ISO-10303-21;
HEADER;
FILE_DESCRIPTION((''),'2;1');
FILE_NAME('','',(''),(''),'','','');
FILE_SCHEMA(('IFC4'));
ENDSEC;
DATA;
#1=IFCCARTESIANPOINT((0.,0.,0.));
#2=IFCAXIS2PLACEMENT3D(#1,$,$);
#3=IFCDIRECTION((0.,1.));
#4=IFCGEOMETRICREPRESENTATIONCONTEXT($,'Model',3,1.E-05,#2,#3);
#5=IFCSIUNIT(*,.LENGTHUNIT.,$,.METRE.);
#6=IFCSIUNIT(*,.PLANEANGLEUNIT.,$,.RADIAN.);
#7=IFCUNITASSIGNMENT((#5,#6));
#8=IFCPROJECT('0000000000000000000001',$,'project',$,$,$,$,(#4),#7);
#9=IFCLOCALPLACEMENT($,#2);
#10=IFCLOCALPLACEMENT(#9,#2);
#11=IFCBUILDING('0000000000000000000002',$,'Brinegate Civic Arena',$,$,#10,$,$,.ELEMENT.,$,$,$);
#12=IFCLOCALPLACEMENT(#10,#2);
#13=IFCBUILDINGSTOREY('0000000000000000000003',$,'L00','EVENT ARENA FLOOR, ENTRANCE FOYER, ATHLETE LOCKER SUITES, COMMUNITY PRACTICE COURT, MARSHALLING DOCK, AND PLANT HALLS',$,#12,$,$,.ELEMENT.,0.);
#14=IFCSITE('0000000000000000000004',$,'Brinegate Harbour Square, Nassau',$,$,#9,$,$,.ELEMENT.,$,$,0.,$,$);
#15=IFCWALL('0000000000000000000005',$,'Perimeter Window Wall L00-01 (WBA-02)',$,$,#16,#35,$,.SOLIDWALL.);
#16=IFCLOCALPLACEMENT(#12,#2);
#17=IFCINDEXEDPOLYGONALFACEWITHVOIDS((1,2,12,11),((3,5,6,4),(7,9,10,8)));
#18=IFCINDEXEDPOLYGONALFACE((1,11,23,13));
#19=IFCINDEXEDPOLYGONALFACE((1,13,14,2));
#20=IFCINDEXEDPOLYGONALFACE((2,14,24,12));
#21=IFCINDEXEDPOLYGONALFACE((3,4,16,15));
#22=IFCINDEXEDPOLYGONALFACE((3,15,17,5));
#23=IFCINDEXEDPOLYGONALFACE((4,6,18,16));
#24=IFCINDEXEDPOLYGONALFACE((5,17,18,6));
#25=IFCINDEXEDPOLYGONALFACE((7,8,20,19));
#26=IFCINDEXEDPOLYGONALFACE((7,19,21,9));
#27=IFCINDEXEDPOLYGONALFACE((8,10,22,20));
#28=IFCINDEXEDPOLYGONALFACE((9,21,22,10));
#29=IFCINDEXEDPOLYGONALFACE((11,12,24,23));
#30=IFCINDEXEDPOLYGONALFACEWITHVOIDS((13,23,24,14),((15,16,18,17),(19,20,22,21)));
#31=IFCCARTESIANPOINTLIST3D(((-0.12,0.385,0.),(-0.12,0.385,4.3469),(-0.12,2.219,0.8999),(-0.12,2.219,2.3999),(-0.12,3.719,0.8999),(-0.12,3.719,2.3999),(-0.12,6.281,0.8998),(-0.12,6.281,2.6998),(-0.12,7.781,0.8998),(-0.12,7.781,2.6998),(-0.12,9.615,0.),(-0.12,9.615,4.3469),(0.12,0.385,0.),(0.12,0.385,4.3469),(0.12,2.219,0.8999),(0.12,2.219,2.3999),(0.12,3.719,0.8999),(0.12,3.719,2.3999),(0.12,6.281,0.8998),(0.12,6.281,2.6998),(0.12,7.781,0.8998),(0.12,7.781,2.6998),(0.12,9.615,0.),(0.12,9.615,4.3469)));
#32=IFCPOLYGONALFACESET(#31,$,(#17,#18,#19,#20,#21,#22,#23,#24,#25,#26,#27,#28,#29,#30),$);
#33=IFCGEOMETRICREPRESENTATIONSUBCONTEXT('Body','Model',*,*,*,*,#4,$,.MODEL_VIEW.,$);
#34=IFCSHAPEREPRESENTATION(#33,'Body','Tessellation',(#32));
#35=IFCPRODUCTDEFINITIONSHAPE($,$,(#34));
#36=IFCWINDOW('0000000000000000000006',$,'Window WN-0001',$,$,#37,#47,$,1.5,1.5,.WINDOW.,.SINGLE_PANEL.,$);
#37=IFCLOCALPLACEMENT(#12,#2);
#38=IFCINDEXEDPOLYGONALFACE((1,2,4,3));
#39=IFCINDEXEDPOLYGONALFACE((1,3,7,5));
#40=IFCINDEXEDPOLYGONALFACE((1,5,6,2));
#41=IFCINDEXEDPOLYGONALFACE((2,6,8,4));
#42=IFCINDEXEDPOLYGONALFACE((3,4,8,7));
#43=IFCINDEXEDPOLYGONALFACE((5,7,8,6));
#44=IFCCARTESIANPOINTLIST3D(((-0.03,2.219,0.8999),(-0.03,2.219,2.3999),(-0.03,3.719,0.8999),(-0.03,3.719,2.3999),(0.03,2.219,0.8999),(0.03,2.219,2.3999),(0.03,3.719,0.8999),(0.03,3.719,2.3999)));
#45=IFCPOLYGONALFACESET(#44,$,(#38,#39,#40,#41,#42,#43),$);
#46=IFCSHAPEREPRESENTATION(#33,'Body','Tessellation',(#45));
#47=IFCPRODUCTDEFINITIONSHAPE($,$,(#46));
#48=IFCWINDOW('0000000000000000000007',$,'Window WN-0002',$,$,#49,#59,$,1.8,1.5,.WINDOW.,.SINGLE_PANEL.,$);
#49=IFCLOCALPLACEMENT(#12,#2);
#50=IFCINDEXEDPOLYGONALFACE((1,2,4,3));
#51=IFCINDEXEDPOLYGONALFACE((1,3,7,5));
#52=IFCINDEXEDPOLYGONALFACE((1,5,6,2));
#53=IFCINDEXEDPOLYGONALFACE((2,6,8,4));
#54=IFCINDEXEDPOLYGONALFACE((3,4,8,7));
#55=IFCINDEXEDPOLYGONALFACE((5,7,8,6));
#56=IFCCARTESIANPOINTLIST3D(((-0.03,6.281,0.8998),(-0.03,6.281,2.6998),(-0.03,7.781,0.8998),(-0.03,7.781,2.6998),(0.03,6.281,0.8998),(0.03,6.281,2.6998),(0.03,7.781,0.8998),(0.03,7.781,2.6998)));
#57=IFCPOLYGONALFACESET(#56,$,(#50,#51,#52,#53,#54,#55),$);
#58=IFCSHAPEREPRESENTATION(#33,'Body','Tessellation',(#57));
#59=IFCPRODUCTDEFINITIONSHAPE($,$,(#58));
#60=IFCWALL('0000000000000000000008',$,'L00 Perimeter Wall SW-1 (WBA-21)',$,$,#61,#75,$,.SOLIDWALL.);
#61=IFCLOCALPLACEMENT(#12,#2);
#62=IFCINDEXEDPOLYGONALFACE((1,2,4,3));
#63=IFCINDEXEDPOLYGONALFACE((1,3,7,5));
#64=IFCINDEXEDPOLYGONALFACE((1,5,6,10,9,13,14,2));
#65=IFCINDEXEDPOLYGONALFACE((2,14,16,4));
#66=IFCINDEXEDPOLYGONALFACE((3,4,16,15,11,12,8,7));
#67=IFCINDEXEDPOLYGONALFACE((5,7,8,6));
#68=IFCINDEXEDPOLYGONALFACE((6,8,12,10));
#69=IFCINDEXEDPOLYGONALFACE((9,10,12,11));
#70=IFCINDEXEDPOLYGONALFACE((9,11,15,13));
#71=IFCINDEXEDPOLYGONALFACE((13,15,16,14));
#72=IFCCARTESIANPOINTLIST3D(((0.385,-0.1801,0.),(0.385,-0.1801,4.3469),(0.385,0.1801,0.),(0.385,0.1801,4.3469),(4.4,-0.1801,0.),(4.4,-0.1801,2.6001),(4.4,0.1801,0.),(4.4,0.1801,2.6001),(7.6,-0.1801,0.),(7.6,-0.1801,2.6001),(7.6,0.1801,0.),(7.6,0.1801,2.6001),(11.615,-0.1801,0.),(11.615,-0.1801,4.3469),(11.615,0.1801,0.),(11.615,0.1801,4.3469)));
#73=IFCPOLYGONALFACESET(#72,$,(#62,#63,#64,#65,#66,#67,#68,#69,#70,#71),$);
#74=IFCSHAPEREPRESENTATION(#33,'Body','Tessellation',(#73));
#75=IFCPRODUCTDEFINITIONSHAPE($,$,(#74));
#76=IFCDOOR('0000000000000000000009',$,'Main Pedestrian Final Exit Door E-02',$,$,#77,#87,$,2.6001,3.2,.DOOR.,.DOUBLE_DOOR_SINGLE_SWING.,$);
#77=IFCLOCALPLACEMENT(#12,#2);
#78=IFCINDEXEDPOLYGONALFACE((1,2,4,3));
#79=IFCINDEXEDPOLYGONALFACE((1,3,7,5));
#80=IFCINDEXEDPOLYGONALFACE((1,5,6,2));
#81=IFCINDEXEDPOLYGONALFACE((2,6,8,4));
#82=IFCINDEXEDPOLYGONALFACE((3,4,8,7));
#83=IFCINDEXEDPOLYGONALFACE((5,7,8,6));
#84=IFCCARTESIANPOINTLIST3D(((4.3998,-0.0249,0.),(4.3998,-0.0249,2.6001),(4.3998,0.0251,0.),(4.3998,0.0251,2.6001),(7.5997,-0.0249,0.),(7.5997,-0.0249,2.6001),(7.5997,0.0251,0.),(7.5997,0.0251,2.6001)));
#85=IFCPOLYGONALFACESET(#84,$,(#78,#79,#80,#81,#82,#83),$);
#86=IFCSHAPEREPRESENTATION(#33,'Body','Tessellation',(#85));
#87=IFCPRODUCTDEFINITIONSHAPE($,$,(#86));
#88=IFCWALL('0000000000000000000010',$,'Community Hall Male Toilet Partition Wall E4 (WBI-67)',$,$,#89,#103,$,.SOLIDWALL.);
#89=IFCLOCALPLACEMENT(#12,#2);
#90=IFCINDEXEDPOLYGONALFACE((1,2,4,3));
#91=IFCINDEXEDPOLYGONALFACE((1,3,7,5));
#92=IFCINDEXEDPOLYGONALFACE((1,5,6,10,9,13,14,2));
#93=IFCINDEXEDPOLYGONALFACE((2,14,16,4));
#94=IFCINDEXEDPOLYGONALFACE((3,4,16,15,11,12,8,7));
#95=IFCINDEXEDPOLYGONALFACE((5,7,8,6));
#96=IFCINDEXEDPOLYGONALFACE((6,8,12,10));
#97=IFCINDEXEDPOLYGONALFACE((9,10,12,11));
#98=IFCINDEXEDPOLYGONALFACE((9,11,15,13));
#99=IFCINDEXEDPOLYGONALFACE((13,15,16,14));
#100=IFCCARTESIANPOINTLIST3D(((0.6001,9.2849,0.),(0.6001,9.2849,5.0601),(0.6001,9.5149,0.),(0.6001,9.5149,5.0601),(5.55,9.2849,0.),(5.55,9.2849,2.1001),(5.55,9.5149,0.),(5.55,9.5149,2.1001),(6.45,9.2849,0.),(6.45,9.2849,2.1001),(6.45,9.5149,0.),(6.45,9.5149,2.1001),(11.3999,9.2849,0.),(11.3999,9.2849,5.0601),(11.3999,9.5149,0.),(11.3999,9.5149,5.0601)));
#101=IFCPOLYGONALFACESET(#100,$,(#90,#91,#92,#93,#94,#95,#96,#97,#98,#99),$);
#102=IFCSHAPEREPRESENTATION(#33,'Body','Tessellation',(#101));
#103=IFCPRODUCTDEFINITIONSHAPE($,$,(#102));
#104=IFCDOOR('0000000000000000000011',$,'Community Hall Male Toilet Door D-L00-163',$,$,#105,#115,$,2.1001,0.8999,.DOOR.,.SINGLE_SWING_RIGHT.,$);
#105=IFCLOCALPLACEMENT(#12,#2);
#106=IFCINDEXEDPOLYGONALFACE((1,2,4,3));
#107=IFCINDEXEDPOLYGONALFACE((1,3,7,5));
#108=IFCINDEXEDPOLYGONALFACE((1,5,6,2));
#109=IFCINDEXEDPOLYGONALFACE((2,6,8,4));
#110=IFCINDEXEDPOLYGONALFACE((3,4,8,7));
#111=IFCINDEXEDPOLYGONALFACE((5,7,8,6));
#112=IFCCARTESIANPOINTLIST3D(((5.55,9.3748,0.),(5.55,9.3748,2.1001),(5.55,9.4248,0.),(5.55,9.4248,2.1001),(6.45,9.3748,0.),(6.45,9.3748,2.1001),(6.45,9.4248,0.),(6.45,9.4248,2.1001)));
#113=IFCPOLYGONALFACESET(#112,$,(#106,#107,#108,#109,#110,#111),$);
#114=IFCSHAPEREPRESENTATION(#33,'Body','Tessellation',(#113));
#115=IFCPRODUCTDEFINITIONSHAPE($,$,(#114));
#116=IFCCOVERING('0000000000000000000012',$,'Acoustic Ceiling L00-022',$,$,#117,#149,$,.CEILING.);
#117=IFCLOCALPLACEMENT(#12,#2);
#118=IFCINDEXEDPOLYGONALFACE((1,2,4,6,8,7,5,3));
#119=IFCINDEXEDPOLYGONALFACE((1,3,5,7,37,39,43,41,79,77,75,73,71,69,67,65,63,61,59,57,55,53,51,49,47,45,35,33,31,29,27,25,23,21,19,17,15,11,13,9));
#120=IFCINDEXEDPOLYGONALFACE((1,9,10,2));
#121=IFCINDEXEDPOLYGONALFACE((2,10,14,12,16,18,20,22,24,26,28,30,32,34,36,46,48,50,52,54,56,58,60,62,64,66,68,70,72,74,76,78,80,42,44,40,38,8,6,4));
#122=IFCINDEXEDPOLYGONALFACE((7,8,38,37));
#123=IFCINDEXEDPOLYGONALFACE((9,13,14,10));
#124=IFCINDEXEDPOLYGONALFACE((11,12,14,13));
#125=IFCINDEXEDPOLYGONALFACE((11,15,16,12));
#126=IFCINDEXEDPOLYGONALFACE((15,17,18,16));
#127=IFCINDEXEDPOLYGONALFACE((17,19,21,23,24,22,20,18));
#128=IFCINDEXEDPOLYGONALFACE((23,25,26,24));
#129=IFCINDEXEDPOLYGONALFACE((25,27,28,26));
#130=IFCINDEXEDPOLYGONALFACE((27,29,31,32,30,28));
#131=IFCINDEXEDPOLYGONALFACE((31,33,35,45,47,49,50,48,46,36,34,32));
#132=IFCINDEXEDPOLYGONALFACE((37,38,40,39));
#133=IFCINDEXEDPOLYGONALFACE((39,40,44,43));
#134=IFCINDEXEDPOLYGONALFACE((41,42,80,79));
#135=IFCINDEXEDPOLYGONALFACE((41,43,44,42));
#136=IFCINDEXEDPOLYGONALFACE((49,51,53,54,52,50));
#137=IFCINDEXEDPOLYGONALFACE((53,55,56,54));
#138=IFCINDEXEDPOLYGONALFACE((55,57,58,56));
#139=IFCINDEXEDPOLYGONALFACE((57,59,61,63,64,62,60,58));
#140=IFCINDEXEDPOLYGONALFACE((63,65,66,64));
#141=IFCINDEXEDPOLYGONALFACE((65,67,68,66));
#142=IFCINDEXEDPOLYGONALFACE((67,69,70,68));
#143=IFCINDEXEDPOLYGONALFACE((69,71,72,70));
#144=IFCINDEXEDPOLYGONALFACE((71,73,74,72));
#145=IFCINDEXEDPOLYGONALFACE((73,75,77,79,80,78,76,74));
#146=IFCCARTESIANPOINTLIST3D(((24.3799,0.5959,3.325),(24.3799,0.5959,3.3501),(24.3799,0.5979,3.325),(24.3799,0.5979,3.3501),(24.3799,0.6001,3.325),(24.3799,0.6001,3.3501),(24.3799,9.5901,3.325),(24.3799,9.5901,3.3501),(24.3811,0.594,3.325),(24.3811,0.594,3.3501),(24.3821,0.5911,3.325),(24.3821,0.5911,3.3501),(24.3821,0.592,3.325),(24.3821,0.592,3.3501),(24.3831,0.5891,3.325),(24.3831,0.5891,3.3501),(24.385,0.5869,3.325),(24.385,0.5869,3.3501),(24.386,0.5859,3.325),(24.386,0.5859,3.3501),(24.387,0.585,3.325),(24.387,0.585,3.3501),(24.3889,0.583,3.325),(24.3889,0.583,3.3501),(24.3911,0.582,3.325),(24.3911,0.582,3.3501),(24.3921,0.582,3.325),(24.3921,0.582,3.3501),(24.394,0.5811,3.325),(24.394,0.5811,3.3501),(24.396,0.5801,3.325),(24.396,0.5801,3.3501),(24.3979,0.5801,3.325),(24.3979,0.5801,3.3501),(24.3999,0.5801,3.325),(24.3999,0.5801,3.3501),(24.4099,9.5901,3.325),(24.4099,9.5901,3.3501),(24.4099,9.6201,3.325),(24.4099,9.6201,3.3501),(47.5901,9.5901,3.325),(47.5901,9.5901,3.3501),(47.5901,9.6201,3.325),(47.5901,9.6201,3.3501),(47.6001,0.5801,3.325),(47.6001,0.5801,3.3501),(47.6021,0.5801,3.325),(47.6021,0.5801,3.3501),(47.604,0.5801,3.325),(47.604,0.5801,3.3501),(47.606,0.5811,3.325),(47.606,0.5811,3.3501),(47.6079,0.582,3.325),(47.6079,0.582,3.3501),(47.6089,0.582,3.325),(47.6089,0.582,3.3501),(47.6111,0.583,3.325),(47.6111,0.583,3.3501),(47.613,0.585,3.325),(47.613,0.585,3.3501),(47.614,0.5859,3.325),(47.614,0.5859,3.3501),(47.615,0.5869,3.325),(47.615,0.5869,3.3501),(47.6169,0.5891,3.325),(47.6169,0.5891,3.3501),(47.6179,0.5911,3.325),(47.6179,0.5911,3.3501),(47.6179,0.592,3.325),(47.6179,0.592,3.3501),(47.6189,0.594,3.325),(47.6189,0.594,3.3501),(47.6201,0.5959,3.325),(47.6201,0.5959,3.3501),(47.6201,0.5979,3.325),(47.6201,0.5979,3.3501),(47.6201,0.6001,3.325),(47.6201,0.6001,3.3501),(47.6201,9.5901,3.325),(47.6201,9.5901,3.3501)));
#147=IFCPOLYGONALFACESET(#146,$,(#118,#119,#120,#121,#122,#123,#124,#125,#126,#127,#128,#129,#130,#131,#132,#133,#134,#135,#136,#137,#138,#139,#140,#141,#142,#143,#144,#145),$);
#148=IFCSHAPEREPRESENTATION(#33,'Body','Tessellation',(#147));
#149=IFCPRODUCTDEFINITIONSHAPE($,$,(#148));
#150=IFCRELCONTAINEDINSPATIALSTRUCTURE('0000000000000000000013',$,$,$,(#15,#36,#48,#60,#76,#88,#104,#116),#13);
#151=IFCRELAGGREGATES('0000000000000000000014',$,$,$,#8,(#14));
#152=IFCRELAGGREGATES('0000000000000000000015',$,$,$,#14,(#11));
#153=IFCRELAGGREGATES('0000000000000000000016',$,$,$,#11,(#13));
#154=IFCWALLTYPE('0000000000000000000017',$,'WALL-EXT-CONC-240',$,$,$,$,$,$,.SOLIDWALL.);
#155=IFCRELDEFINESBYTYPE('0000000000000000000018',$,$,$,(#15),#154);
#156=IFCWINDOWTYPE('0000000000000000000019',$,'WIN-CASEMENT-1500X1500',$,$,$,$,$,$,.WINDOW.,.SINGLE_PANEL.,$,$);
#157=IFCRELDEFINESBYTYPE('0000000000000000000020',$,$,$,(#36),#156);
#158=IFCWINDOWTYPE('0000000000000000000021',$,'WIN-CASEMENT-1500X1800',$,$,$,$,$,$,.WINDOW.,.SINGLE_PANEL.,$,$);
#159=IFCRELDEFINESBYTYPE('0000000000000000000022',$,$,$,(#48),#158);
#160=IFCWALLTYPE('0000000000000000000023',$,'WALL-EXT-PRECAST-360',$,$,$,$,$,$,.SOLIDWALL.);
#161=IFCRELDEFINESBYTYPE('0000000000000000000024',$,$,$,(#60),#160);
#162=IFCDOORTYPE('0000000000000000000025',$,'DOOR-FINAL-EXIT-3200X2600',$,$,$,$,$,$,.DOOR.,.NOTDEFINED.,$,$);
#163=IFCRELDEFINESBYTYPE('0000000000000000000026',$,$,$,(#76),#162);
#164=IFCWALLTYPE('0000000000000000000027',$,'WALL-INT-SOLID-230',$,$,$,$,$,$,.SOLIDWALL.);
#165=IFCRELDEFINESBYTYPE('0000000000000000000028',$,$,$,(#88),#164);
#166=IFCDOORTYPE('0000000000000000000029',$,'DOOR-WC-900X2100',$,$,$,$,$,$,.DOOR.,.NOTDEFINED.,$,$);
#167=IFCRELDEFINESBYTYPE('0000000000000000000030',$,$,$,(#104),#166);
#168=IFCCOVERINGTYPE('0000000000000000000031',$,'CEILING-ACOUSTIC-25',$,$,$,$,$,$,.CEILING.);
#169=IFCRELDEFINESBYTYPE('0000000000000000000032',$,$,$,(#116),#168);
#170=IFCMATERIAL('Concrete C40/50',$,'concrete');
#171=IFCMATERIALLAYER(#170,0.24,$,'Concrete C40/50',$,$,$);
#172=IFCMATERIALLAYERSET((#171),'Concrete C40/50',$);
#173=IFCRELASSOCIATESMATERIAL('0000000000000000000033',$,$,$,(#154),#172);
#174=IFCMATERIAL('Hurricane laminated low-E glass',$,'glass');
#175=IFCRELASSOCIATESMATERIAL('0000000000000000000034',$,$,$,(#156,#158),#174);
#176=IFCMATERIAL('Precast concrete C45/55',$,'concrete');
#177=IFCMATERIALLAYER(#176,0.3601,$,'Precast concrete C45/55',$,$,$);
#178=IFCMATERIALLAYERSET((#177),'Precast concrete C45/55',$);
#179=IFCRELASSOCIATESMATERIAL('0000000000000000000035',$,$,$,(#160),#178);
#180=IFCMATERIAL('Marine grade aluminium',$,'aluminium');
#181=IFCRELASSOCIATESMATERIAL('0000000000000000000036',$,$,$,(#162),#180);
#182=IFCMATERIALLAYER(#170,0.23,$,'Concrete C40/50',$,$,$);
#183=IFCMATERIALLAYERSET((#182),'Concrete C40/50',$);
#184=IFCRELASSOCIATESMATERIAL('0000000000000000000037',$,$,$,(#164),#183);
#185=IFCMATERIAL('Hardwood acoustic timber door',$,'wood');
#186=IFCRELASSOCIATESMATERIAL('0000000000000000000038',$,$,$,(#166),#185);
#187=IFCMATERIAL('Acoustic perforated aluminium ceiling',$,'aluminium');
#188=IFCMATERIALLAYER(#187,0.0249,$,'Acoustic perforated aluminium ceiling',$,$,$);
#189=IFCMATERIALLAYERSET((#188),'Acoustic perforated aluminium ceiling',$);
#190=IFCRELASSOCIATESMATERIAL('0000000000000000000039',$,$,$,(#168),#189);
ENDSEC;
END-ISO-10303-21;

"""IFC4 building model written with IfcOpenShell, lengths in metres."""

from ifc_helpers import new_model, si_unit, direction, frame, frame_2d, origin, place, context, subcontext, project, spatial, polyline, rectangle, outline, extrude, material, layer, layer_set, type_object, element, fill, save


model = new_model("IFC4")

# Units and contexts
model_context = context("Model", 3, precision=1e-05, world=origin(), true_north=direction((0.0, 1.0)))
body_context = subcontext(model_context, "Body", "Model", "MODEL_VIEW")
ifc_project = project(units=[si_unit("LENGTHUNIT", "METRE"), si_unit("PLANEANGLEUNIT", "RADIAN")], contexts=[model_context])

# Site, building, storey
site_placement = place(None, origin())
site = spatial("IfcSite", under=ifc_project, at=site_placement, Name="Brinegate Harbour Square, Nassau", CompositionType="ELEMENT", RefElevation=0.0)
building_placement = place(site_placement, origin())
building = spatial("IfcBuilding", under=site, at=building_placement, Name="Brinegate Civic Arena", CompositionType="ELEMENT")
storey_placement = place(building_placement, origin())
storey = spatial("IfcBuildingStorey", under=building, at=storey_placement, Name="L00", Description="EVENT ARENA FLOOR, ENTRANCE FOYER, ATHLETE LOCKER SUITES, COMMUNITY PRACTICE COURT, MARSHALLING DOCK, AND PLANT HALLS", CompositionType="ELEMENT", Elevation=0.0)

# Shared definitions
ifc_material_1 = material(Name="Concrete C40/50", Category="concrete")

# Wall, openings, windows
ifc_layer_1 = layer(ifc_material_1, 0.24, Name="Concrete C40/50")
ifc_layer_set_1 = layer_set([ifc_layer_1], Name="Concrete C40/50")
wall_type_1 = type_object("IfcWallType", Name="WALL-EXT-CONC-240", PredefinedType="SOLIDWALL", material=ifc_layer_set_1)
wall_1_placement = place(storey_placement, frame((0.0, 0.385, 0.0), z_axis=(0.0, 0.0, 1.0), x_axis=(0.0, 1.0, 0.0)))
wall_1 = element("IfcWall", 1, at=wall_1_placement, inside=storey, type_object=wall_type_1, Name="Perimeter Window Wall L00-01 (WBA-02)", PredefinedType="SOLIDWALL", context=body_context, shape_type="SweptSolid", body=[
    extrude(rectangle(XDim=9.23, YDim=0.24, at=frame_2d((4.615, 0.0))), origin(), (0.0, 0.0, 1.0), 4.3469),
])
opening_1_placement = place(wall_1_placement, frame((1.834, 0.0, 0.8999)))
opening_1 = element("IfcOpeningElement", 2, at=opening_1_placement, cuts=wall_1, PredefinedType="OPENING", context=body_context, shape_type="SweptSolid", body=[
    extrude(rectangle(XDim=1.5, YDim=1.5, at=frame_2d((0.75, 0.75))), frame((0.0, 0.1299, 0.0), z_axis=(0.0, -1.0, 0.0), x_axis=(1.0, 0.0, 0.0)), (0.0, 0.0, 1.0), 0.26),
])
opening_2_placement = place(wall_1_placement, frame((5.896, 0.0, 0.8999)))
opening_2 = element("IfcOpeningElement", 3, at=opening_2_placement, cuts=wall_1, PredefinedType="OPENING", context=body_context, shape_type="SweptSolid", body=[
    extrude(rectangle(XDim=1.5, YDim=1.8, at=frame_2d((0.75, 0.8999))), frame((0.0, 0.1299, 0.0), z_axis=(0.0, -1.0, 0.0), x_axis=(1.0, 0.0, 0.0)), (0.0, 0.0, 1.0), 0.26),
])
ifc_material_2 = material(Name="Hurricane laminated low-E glass", Category="glass")
window_type_1 = type_object("IfcWindowType", Name="WIN-CASEMENT-1500X1500", PartitioningType="SINGLE_PANEL", PredefinedType="WINDOW", material=ifc_material_2)
window_1_placement = place(opening_1_placement, origin())
window_1 = element("IfcWindow", 4, at=window_1_placement, inside=storey, type_object=window_type_1, Name="Window WN-0001", OverallHeight=1.5, OverallWidth=1.5, PartitioningType="SINGLE_PANEL", PredefinedType="WINDOW", context=body_context, shape_type="SweptSolid", body=[
    extrude(rectangle(XDim=1.5, YDim=1.5, at=frame_2d((0.75, 0.75))), frame((0.0, 0.03, 0.0), z_axis=(0.0, -1.0, 0.0), x_axis=(1.0, 0.0, 0.0)), (0.0, 0.0, 1.0), 0.0601),
])
fill(opening_1, window_1)
window_type_2 = type_object("IfcWindowType", Name="WIN-CASEMENT-1500X1800", PartitioningType="SINGLE_PANEL", PredefinedType="WINDOW", material=ifc_material_2)
window_2_placement = place(opening_2_placement, origin())
window_2 = element("IfcWindow", 5, at=window_2_placement, inside=storey, type_object=window_type_2, Name="Window WN-0002", OverallHeight=1.8, OverallWidth=1.5, PartitioningType="SINGLE_PANEL", PredefinedType="WINDOW", context=body_context, shape_type="SweptSolid", body=[
    extrude(rectangle(XDim=1.5, YDim=1.8, at=frame_2d((0.75, 0.8999))), frame((0.0, 0.03, 0.0), z_axis=(0.0, -1.0, 0.0), x_axis=(1.0, 0.0, 0.0)), (0.0, 0.0, 1.0), 0.0601),
])
fill(opening_2, window_2)

# Walls, openings, doors
ifc_material_3 = material(Name="Precast concrete C45/55", Category="concrete")
ifc_layer_2 = layer(ifc_material_3, 0.3601, Name="Precast concrete C45/55")
ifc_layer_set_2 = layer_set([ifc_layer_2], Name="Precast concrete C45/55")
wall_type_2 = type_object("IfcWallType", Name="WALL-EXT-PRECAST-360", PredefinedType="SOLIDWALL", material=ifc_layer_set_2)
wall_2_placement = place(storey_placement, frame((0.385, 0.0, 0.0), z_axis=(0.0, 0.0, 1.0), x_axis=(1.0, 0.0, 0.0)))
wall_2 = element("IfcWall", 6, at=wall_2_placement, inside=storey, type_object=wall_type_2, Name="L00 Perimeter Wall SW-1 (WBA-21)", PredefinedType="SOLIDWALL", context=body_context, shape_type="SweptSolid", body=[
    extrude(rectangle(XDim=11.23, YDim=0.3601, at=frame_2d((5.615, 0.0))), origin(), (0.0, 0.0, 1.0), 4.3469),
])
opening_3_placement = place(wall_2_placement, frame((4.0149, 0.0, 0.0)))
opening_3 = element("IfcOpeningElement", 7, at=opening_3_placement, cuts=wall_2, PredefinedType="OPENING", context=body_context, shape_type="SweptSolid", body=[
    extrude(rectangle(XDim=3.2, YDim=2.6001, at=frame_2d((1.6001, 1.3))), frame((0.0, 0.1899, 0.0), z_axis=(0.0, -1.0, 0.0), x_axis=(1.0, 0.0, 0.0)), (0.0, 0.0, 1.0), 0.3801),
])
ifc_material_4 = material(Name="Marine grade aluminium", Category="aluminium")
door_type_1 = type_object("IfcDoorType", Name="DOOR-FINAL-EXIT-3200X2600", OperationType="NOTDEFINED", PredefinedType="DOOR", material=ifc_material_4)
door_1_placement = place(opening_3_placement, frame((3.2, 0.0, 0.0), z_axis=(0.0, 0.0, 1.0), x_axis=(-1.0, 0.0, 0.0)))
door_1 = element("IfcDoor", 8, at=door_1_placement, inside=storey, type_object=door_type_1, Name="Main Pedestrian Final Exit Door E-02", OperationType="DOUBLE_DOOR_SINGLE_SWING", OverallHeight=2.6001, OverallWidth=3.2, PredefinedType="DOOR", context=body_context, shape_type="SweptSolid", body=[
    extrude(rectangle(XDim=3.2, YDim=2.6001, at=frame_2d((1.6001, 1.3))), frame((0.0, 0.0249, 0.0), z_axis=(0.0, -1.0, 0.0), x_axis=(1.0, 0.0, 0.0)), (0.0, 0.0, 1.0), 0.05),
])
fill(opening_3, door_1)
ifc_layer_3 = layer(ifc_material_1, 0.23, Name="Concrete C40/50")
ifc_layer_set_3 = layer_set([ifc_layer_3], Name="Concrete C40/50")
wall_type_3 = type_object("IfcWallType", Name="WALL-INT-SOLID-230", PredefinedType="SOLIDWALL", material=ifc_layer_set_3)
wall_3_placement = place(storey_placement, frame((0.6001, 9.3999, 0.0), z_axis=(0.0, 0.0, 1.0), x_axis=(1.0, 0.0, 0.0)))
wall_3 = element("IfcWall", 9, at=wall_3_placement, inside=storey, type_object=wall_type_3, Name="Community Hall Male Toilet Partition Wall E4 (WBI-67)", PredefinedType="SOLIDWALL", context=body_context, shape_type="SweptSolid", body=[
    extrude(rectangle(XDim=10.7998, YDim=0.23, at=frame_2d((5.3999, 0.0))), origin(), (0.0, 0.0, 1.0), 5.0601),
])
opening_4_placement = place(wall_3_placement, frame((4.95, 0.0, 0.0)))
opening_4 = element("IfcOpeningElement", 10, at=opening_4_placement, cuts=wall_3, PredefinedType="OPENING", context=body_context, shape_type="SweptSolid", body=[
    extrude(rectangle(XDim=0.8999, YDim=2.1001, at=frame_2d((0.45, 1.05))), frame((0.0, 0.125, 0.0), z_axis=(0.0, -1.0, 0.0), x_axis=(1.0, 0.0, 0.0)), (0.0, 0.0, 1.0), 0.25),
])
ifc_material_5 = material(Name="Hardwood acoustic timber door", Category="wood")
door_type_2 = type_object("IfcDoorType", Name="DOOR-WC-900X2100", OperationType="NOTDEFINED", PredefinedType="DOOR", material=ifc_material_5)
door_2_placement = place(opening_4_placement, origin())
door_2 = element("IfcDoor", 11, at=door_2_placement, inside=storey, type_object=door_type_2, Name="Community Hall Male Toilet Door D-L00-163", OperationType="SINGLE_SWING_RIGHT", OverallHeight=2.1001, OverallWidth=0.8999, PredefinedType="DOOR", context=body_context, shape_type="SweptSolid", body=[
    extrude(rectangle(XDim=0.8999, YDim=2.1001, at=frame_2d((0.45, 1.05))), frame((0.0, 0.0249, 0.0), z_axis=(0.0, -1.0, 0.0), x_axis=(1.0, 0.0, 0.0)), (0.0, 0.0, 1.0), 0.05),
])
fill(opening_4, door_2)

# Covering
ifc_material_6 = material(Name="Acoustic perforated aluminium ceiling", Category="aluminium")
ifc_layer_4 = layer(ifc_material_6, 0.0249, Name="Acoustic perforated aluminium ceiling")
ifc_layer_set_4 = layer_set([ifc_layer_4], Name="Acoustic perforated aluminium ceiling")
covering_type_1 = type_object("IfcCoveringType", Name="CEILING-ACOUSTIC-25", PredefinedType="CEILING", material=ifc_layer_set_4)
covering_1_placement = place(storey_placement, frame((0.0, 0.0, 3.325)))
element("IfcCovering", 12, at=covering_1_placement, inside=storey, type_object=covering_type_1, Name="Acoustic Ceiling L00-022", PredefinedType="CEILING", context=body_context, shape_type="SweptSolid", body=[
    extrude(outline(polyline([(47.6201, 0.5979), (47.6201, 0.5959), (47.6189, 0.594), (47.6179, 0.592), (47.6179, 0.5911), (47.6169, 0.5891), (47.615, 0.5869), (47.614, 0.5859), (47.613, 0.585), (47.6111, 0.583), (47.6089, 0.582), (47.6079, 0.582), (47.606, 0.5811), (47.604, 0.5801), (47.6021, 0.5801), (47.6001, 0.5801), (24.3999, 0.5801), (24.3979, 0.5801), (24.396, 0.5801), (24.394, 0.5811), (24.3921, 0.582), (24.3911, 0.582), (24.3889, 0.583), (24.387, 0.585), (24.386, 0.5859), (24.385, 0.5869), (24.3831, 0.5891), (24.3821, 0.5911), (24.3821, 0.592), (24.3811, 0.594), (24.3799, 0.5959), (24.3799, 0.5979), (24.3799, 0.6001), (24.3799, 9.5901), (24.4099, 9.5901), (24.4099, 9.6201), (47.5901, 9.6201), (47.5901, 9.5901), (47.6201, 9.5901), (47.6201, 0.6001), (47.6201, 0.5979)])), origin(), (0.0, 0.0, 1.0), 0.0251),
])

save(model, "model.ifc")
